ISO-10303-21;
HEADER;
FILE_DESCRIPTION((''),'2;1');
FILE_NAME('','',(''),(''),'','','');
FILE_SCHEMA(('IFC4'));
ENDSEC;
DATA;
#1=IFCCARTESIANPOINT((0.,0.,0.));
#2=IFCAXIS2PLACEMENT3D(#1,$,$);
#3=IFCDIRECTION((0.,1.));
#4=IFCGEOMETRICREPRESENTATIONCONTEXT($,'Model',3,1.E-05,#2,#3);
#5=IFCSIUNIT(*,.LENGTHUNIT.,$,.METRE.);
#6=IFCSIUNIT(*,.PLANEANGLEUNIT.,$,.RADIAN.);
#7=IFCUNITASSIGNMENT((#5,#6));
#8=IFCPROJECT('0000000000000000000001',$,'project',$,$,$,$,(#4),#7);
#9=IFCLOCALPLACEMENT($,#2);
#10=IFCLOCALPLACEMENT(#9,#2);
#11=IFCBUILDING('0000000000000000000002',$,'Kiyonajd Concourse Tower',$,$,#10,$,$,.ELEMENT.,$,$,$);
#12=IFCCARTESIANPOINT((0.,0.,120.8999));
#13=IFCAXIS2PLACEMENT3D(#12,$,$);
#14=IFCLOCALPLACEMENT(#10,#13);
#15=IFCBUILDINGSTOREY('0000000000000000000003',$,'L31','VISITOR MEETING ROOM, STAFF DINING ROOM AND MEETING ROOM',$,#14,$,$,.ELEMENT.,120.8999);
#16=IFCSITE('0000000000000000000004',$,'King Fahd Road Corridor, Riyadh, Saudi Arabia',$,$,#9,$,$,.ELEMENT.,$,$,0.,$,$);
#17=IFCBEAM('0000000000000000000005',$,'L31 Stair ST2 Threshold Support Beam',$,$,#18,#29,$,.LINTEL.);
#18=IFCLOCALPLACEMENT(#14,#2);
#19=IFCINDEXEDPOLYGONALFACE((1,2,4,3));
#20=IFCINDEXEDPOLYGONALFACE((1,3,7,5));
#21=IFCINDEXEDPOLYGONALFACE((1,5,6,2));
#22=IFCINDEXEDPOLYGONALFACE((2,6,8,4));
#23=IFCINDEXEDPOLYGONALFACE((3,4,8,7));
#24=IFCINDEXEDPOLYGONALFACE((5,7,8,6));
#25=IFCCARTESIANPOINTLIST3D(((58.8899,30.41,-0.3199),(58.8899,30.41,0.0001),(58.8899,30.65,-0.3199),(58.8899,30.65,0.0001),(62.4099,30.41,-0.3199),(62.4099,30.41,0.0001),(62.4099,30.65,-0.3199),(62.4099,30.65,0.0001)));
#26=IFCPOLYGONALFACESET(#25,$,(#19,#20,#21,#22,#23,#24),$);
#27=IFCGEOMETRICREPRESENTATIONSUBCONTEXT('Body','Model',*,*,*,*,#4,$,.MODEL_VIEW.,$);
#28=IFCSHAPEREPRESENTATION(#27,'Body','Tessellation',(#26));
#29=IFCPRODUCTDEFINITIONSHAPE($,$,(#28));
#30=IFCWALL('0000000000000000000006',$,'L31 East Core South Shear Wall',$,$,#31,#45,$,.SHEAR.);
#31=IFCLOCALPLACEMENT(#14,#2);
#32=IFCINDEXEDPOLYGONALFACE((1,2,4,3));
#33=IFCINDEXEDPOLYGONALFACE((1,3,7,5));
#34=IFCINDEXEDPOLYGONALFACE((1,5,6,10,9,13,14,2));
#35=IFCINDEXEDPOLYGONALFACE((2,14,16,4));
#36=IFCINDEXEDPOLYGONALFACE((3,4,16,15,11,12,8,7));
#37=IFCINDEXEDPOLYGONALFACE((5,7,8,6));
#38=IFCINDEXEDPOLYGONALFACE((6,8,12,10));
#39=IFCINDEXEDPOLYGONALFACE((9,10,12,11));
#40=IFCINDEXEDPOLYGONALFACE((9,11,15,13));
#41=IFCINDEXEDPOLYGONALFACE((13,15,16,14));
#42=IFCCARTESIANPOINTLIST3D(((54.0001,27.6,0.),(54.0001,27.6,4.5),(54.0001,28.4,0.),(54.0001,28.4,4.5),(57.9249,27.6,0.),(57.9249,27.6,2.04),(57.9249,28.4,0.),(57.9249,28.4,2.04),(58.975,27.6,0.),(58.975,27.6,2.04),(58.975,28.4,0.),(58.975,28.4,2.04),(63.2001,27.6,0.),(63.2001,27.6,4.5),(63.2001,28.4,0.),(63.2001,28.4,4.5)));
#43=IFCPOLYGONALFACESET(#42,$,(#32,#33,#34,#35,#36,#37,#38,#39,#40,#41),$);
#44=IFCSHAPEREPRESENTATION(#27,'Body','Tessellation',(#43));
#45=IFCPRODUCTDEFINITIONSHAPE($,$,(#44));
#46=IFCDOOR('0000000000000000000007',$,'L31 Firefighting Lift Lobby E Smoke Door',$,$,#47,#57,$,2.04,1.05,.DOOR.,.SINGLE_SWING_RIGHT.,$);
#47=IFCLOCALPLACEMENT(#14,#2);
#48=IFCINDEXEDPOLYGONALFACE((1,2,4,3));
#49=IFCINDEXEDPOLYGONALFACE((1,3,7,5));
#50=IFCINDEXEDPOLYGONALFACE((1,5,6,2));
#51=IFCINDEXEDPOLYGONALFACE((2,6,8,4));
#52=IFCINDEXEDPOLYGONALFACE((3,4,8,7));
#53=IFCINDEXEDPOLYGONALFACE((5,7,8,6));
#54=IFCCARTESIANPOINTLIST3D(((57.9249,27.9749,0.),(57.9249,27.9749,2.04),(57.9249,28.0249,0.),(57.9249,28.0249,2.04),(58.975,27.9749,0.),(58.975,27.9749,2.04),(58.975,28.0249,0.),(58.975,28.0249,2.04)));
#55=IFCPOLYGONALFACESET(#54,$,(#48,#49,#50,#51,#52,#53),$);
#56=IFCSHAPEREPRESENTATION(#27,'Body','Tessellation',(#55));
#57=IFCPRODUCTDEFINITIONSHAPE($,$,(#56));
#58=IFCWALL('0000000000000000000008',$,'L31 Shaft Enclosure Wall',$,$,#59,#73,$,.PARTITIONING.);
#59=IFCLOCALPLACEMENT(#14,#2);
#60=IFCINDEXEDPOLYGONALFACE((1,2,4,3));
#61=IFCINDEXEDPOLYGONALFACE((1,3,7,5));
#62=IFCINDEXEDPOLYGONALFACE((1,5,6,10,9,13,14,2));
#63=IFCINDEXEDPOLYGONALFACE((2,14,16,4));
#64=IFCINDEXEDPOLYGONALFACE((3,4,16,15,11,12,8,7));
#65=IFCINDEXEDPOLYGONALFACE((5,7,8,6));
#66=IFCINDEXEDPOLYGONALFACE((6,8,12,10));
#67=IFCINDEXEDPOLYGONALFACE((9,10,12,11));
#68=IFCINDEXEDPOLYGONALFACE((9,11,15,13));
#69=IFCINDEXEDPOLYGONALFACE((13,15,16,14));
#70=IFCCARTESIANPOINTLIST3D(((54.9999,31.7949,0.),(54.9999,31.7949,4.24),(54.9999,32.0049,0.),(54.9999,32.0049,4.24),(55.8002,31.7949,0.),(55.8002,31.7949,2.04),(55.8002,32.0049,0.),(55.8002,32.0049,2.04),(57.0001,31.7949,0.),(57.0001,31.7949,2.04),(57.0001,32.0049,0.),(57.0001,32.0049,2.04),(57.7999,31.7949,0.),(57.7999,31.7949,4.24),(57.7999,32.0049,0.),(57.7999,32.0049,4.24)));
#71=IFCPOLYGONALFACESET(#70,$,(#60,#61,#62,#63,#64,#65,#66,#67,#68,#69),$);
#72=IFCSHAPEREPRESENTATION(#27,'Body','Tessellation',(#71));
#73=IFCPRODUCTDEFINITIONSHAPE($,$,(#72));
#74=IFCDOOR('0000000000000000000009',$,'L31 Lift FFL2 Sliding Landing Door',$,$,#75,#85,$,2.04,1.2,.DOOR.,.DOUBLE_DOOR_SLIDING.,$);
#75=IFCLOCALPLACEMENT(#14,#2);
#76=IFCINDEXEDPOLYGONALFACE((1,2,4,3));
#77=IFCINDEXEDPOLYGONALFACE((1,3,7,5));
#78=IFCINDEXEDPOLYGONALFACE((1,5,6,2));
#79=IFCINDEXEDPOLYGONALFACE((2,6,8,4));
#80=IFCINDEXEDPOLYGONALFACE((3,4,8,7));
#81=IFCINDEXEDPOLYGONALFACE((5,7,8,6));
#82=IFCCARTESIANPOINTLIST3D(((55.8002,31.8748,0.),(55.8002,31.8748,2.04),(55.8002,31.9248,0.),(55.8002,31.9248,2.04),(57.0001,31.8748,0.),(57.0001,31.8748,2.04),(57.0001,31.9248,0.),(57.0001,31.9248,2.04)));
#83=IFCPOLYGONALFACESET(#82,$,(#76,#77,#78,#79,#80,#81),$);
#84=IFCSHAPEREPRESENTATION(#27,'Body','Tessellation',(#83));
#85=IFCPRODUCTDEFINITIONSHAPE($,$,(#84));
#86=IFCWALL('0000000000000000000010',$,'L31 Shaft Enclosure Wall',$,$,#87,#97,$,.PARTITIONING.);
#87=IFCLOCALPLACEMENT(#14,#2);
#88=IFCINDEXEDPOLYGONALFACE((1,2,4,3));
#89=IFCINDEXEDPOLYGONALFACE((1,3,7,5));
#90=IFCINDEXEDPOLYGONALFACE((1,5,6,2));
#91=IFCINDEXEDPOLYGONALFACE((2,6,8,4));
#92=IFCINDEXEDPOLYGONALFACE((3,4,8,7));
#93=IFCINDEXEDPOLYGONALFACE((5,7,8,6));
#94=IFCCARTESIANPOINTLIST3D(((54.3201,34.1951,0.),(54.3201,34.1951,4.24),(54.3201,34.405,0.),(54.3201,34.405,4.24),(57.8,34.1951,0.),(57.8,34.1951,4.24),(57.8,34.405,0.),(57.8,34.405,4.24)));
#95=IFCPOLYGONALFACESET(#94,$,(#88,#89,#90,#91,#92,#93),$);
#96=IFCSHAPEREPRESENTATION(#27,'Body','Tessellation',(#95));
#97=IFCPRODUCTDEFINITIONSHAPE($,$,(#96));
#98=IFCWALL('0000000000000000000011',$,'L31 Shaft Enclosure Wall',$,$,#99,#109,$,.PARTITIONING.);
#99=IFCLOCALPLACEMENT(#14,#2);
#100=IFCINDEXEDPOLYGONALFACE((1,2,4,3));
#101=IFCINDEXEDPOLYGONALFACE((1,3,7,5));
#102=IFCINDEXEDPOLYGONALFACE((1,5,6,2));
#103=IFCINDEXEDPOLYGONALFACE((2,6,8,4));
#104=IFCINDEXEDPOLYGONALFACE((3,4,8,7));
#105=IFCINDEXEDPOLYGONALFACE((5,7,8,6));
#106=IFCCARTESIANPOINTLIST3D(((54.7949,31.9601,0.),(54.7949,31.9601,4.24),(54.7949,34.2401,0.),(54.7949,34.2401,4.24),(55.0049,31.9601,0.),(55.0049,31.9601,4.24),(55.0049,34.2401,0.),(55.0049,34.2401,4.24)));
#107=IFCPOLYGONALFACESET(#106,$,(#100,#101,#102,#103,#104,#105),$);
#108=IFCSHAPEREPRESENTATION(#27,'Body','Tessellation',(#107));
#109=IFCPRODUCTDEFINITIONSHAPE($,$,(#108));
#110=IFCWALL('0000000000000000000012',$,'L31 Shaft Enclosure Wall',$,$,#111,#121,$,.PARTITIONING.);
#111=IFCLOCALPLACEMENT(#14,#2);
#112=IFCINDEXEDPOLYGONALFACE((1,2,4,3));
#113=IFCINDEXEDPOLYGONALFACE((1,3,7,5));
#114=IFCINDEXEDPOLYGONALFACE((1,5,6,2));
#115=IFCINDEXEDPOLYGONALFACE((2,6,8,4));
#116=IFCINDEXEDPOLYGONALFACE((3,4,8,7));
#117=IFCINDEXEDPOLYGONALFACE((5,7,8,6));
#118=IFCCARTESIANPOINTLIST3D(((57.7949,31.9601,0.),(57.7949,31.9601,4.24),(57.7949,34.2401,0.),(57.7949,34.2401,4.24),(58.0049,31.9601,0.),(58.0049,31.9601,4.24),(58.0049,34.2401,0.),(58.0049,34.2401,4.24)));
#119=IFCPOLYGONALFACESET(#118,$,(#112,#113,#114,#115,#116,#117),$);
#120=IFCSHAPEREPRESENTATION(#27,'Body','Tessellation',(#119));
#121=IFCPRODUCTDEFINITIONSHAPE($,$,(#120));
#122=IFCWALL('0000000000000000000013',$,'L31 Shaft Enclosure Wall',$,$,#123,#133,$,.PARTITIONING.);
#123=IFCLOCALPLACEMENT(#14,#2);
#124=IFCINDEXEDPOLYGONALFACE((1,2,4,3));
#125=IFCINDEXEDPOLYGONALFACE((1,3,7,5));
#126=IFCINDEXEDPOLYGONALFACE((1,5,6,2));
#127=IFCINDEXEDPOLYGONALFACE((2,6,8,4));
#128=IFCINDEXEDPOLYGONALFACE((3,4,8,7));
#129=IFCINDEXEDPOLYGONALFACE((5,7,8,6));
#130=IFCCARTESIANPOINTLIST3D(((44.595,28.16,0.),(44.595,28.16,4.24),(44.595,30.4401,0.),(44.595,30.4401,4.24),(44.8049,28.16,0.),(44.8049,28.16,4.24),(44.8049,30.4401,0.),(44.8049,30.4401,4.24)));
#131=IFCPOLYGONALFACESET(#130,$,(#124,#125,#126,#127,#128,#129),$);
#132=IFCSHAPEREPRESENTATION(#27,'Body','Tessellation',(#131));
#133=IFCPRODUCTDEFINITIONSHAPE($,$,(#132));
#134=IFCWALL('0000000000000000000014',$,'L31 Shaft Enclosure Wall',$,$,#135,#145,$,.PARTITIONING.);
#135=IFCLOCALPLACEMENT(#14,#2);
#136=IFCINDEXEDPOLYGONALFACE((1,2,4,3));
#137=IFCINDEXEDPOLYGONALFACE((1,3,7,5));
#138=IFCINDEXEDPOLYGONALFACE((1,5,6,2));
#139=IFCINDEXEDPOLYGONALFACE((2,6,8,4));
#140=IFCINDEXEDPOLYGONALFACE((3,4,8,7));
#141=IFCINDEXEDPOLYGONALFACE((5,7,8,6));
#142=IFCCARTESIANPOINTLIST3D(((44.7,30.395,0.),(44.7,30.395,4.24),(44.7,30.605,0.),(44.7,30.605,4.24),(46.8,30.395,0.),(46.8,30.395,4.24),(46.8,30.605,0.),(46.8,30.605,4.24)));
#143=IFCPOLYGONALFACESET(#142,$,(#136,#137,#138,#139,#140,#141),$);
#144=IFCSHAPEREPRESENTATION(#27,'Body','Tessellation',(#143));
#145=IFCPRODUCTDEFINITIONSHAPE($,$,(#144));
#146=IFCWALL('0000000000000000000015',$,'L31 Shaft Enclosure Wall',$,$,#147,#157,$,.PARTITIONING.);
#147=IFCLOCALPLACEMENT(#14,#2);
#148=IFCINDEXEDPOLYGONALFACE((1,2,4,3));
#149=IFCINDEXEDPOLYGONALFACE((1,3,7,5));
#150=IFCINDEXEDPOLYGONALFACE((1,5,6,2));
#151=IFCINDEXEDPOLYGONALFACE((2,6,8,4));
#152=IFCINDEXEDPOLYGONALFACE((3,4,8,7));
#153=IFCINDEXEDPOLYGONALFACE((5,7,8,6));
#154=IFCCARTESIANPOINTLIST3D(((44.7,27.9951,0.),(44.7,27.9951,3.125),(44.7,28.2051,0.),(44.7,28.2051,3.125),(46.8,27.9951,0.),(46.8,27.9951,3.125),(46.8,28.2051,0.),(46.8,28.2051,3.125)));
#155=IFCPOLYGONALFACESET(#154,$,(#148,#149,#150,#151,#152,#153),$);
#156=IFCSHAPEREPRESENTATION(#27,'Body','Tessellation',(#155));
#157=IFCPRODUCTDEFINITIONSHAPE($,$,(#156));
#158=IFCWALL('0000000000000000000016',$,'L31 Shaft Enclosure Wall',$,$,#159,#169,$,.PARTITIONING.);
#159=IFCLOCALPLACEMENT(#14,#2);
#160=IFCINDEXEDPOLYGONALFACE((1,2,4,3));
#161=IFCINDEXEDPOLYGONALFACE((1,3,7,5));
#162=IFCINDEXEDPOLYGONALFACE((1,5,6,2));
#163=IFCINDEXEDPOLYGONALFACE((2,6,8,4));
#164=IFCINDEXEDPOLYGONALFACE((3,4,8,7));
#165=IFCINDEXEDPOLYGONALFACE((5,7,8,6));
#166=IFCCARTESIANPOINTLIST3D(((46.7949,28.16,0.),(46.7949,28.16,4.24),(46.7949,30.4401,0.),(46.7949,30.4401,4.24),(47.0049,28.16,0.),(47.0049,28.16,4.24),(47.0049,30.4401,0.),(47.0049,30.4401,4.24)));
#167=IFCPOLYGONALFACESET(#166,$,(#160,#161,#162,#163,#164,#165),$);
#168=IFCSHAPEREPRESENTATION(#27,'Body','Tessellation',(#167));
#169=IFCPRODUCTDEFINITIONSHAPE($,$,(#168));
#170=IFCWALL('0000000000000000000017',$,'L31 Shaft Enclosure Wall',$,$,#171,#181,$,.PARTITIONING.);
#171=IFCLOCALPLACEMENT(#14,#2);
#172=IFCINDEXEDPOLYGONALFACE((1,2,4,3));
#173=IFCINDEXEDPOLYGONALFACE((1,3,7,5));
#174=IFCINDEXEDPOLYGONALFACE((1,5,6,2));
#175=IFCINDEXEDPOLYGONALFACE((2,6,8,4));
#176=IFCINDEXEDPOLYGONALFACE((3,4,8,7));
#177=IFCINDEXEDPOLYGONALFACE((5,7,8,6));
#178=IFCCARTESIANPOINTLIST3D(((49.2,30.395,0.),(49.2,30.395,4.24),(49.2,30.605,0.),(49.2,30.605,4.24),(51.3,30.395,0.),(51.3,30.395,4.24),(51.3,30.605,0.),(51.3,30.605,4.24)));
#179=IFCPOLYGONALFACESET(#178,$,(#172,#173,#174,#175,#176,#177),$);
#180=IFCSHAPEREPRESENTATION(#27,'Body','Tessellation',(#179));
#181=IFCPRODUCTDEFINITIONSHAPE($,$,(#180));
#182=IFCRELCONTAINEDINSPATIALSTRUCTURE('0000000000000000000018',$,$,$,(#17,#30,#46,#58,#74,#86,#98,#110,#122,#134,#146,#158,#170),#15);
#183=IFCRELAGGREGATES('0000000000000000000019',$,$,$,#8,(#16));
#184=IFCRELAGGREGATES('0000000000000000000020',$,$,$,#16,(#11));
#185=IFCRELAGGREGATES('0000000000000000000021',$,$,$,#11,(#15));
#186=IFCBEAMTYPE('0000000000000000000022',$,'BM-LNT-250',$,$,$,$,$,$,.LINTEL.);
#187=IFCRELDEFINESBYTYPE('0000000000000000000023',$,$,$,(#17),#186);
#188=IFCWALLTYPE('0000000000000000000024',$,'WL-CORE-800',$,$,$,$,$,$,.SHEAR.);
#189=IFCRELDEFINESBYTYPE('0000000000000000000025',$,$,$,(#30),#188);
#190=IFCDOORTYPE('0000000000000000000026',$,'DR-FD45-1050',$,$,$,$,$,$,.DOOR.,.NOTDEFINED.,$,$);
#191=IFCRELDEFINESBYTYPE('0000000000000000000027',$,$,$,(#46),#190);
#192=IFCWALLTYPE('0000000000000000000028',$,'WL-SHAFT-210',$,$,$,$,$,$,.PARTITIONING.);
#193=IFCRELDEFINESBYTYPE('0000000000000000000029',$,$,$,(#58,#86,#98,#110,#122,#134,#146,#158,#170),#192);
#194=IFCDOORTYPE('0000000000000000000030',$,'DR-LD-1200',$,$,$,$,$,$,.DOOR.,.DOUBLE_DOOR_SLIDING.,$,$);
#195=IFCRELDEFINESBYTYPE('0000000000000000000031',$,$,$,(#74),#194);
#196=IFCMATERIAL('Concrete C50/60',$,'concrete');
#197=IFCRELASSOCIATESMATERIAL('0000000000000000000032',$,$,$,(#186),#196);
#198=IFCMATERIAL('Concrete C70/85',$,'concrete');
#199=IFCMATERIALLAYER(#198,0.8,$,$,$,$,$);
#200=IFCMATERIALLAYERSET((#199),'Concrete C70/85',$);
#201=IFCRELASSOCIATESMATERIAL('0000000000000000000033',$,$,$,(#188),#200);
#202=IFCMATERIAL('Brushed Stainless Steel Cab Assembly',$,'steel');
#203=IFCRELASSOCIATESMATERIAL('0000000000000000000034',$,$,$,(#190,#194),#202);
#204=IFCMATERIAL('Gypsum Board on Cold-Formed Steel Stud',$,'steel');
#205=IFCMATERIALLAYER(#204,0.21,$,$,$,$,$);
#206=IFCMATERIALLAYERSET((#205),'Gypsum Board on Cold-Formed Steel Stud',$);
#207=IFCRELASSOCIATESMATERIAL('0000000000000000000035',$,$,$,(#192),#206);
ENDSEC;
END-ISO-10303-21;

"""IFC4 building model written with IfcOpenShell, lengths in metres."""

from ifc_helpers import new_model, si_unit, direction, frame, frame_2d, origin, origin_2d, place, context, subcontext, project, spatial, rectangle, extrude, material, layer, layer_set, material_profile, profile_set, type_object, element, fill, save


model = new_model("IFC4")

# Units and contexts
model_context = context("Model", 3, precision=1e-05, world=origin(), true_north=direction((0.0, 1.0)))
body_context = subcontext(model_context, "Body", "Model", "MODEL_VIEW")
ifc_project = project(units=[si_unit("LENGTHUNIT", "METRE"), si_unit("PLANEANGLEUNIT", "RADIAN")], contexts=[model_context])

# Site, building, storey
site_placement = place(None, origin())
site = spatial("IfcSite", under=ifc_project, at=site_placement, Name="King Fahd Road Corridor, Riyadh, Saudi Arabia", CompositionType="ELEMENT", RefElevation=0.0)
building_placement = place(site_placement, origin())
building = spatial("IfcBuilding", under=site, at=building_placement, Name="Kiyonajd Concourse Tower", CompositionType="ELEMENT")
storey_placement = place(building_placement, frame((0.0, 0.0, 120.8999)))
storey = spatial("IfcBuildingStorey", under=building, at=storey_placement, Name="L31", Description="VISITOR MEETING ROOM, STAFF DINING ROOM AND MEETING ROOM", CompositionType="ELEMENT", Elevation=120.8999)

# Beam
ifc_material_1 = material(Name="Concrete C50/60", Category="concrete")
ifc_material_profile = material_profile(ifc_material_1, rectangle(XDim=0.24, YDim=0.3201, at=origin_2d()), Name="RCBM-240x320")
ifc_profile_set = profile_set([ifc_material_profile], Name="Concrete C50/60")
beam_type = type_object("IfcBeamType", Name="BM-LNT-250", PredefinedType="LINTEL", material=ifc_profile_set)
beam_placement = place(storey_placement, frame((58.8899, 30.53, -0.1599), z_axis=(1.0, 0.0, 0.0), x_axis=(0.0, 1.0, 0.0)))
element("IfcBeam", 1, at=beam_placement, inside=storey, type_object=beam_type, Name="L31 Stair ST2 Threshold Support Beam", PredefinedType="LINTEL", context=body_context, shape_type="SweptSolid", body=[
    extrude(rectangle(XDim=0.24, YDim=0.3201, at=origin_2d()), origin(), (0.0, 0.0, 1.0), 3.52),
])

# Walls, openings, doors
ifc_material_2 = material(Name="Concrete C70/85", Category="concrete")
ifc_layer_1 = layer(ifc_material_2, 0.8)
ifc_layer_set_1 = layer_set([ifc_layer_1], Name="Concrete C70/85")
wall_type_1 = type_object("IfcWallType", Name="WL-CORE-800", PredefinedType="SHEAR", material=ifc_layer_set_1)
wall_1_placement = place(storey_placement, frame((54.0, 28.0, 0.0), z_axis=(0.0, 0.0, 1.0), x_axis=(1.0, 0.0, 0.0)))
wall_1 = element("IfcWall", 2, at=wall_1_placement, inside=storey, type_object=wall_type_1, Name="L31 East Core South Shear Wall", PredefinedType="SHEAR", context=body_context, shape_type="SweptSolid", body=[
    extrude(rectangle(XDim=9.2, YDim=0.8, at=frame_2d((4.6001, 0.0))), origin(), (0.0, 0.0, 1.0), 4.5),
])
opening_1_placement = place(wall_1_placement, frame((3.925, 0.0, 0.0)))
opening_1 = element("IfcOpeningElement", 3, at=opening_1_placement, cuts=wall_1, PredefinedType="OPENING", context=body_context, shape_type="SweptSolid", body=[
    extrude(rectangle(XDim=1.05, YDim=2.04, at=frame_2d((0.5249, 1.02))), frame((0.0, 0.4099, 0.0), z_axis=(0.0, -1.0, 0.0), x_axis=(1.0, 0.0, 0.0)), (0.0, 0.0, 1.0), 0.8201),
])
ifc_material_3 = material(Name="Brushed Stainless Steel Cab Assembly", Category="steel")
door_type_1 = type_object("IfcDoorType", Name="DR-FD45-1050", OperationType="NOTDEFINED", PredefinedType="DOOR", material=ifc_material_3)
door_1_placement = place(opening_1_placement, origin())
door_1 = element("IfcDoor", 4, at=door_1_placement, inside=storey, type_object=door_type_1, Name="L31 Firefighting Lift Lobby E Smoke Door", OperationType="SINGLE_SWING_RIGHT", OverallHeight=2.04, OverallWidth=1.05, PredefinedType="DOOR", context=body_context, shape_type="SweptSolid", body=[
    extrude(rectangle(XDim=1.05, YDim=2.04, at=frame_2d((0.5249, 1.02))), frame((0.0, 0.0249, 0.0), z_axis=(0.0, -1.0, 0.0), x_axis=(1.0, 0.0, 0.0)), (0.0, 0.0, 1.0), 0.05),
])
fill(opening_1, door_1)
ifc_material_4 = material(Name="Gypsum Board on Cold-Formed Steel Stud", Category="steel")
ifc_layer_2 = layer(ifc_material_4, 0.21)
ifc_layer_set_2 = layer_set([ifc_layer_2], Name="Gypsum Board on Cold-Formed Steel Stud")
wall_type_2 = type_object("IfcWallType", Name="WL-SHAFT-210", PredefinedType="PARTITIONING", material=ifc_layer_set_2)
wall_2_placement = place(storey_placement, frame((55.0, 31.8999, 0.0), z_axis=(0.0, 0.0, 1.0), x_axis=(1.0, 0.0, 0.0)))
wall_2 = element("IfcWall", 5, at=wall_2_placement, inside=storey, type_object=wall_type_2, Name="L31 Shaft Enclosure Wall", PredefinedType="PARTITIONING", context=body_context, shape_type="SweptSolid", body=[
    extrude(rectangle(XDim=2.8, YDim=0.21, at=frame_2d((1.3999, 0.0))), origin(), (0.0, 0.0, 1.0), 4.24),
])
opening_2_placement = place(wall_2_placement, frame((0.8, 0.0, 0.0)))
opening_2 = element("IfcOpeningElement", 6, at=opening_2_placement, cuts=wall_2, PredefinedType="OPENING", context=body_context, shape_type="SweptSolid", body=[
    extrude(rectangle(XDim=1.2, YDim=2.04, at=frame_2d((0.6001, 1.02))), frame((0.0, 0.115, 0.0), z_axis=(0.0, -1.0, 0.0), x_axis=(1.0, 0.0, 0.0)), (0.0, 0.0, 1.0), 0.23),
])
door_type_2 = type_object("IfcDoorType", Name="DR-LD-1200", OperationType="DOUBLE_DOOR_SLIDING", PredefinedType="DOOR", material=ifc_material_3)
door_2_placement = place(opening_2_placement, origin())
door_2 = element("IfcDoor", 7, at=door_2_placement, inside=storey, type_object=door_type_2, Name="L31 Lift FFL2 Sliding Landing Door", OperationType="DOUBLE_DOOR_SLIDING", OverallHeight=2.04, OverallWidth=1.2, PredefinedType="DOOR", context=body_context, shape_type="SweptSolid", body=[
    extrude(rectangle(XDim=1.2, YDim=2.04, at=frame_2d((0.6001, 1.02))), frame((0.0, 0.0249, 0.0), z_axis=(0.0, -1.0, 0.0), x_axis=(1.0, 0.0, 0.0)), (0.0, 0.0, 1.0), 0.05),
])
fill(opening_2, door_2)

# Walls
wall_3_placement = place(storey_placement, frame((54.3201, 34.3, 0.0), z_axis=(0.0, 0.0, 1.0), x_axis=(1.0, 0.0, 0.0)))
element("IfcWall", 8, at=wall_3_placement, inside=storey, type_object=wall_type_2, Name="L31 Shaft Enclosure Wall", PredefinedType="PARTITIONING", context=body_context, shape_type="SweptSolid", body=[
    extrude(rectangle(XDim=3.48, YDim=0.21, at=frame_2d((1.74, 0.0))), origin(), (0.0, 0.0, 1.0), 4.24),
])
for number, where, z_axis, x_axis, name in (
    (9, (54.8999, 31.96, 0.0), (0.0, 0.0, 1.0), (0.0, 1.0, 0.0), "L31 Shaft Enclosure Wall"),
    (10, (57.8999, 31.96, 0.0), (0.0, 0.0, 1.0), (0.0, 1.0, 0.0), "L31 Shaft Enclosure Wall"),
    (11, (44.7, 28.1599, 0.0), (0.0, 0.0, 1.0), (0.0, 1.0, 0.0), "L31 Shaft Enclosure Wall"),
):
    element("IfcWall", number, at=place(storey_placement, frame(where, z_axis=z_axis, x_axis=x_axis)), inside=storey, type_object=wall_type_2, Name=name, PredefinedType="PARTITIONING", context=body_context, shape_type="SweptSolid", body=[
        extrude(rectangle(XDim=2.28, YDim=0.21, at=frame_2d((1.1401, 0.0))), origin(), (0.0, 0.0, 1.0), 4.24),
    ])
wall_4_placement = place(storey_placement, frame((44.7, 30.5, 0.0), z_axis=(0.0, 0.0, 1.0), x_axis=(1.0, 0.0, 0.0)))
element("IfcWall", 12, at=wall_4_placement, inside=storey, type_object=wall_type_2, Name="L31 Shaft Enclosure Wall", PredefinedType="PARTITIONING", context=body_context, shape_type="SweptSolid", body=[
    extrude(rectangle(XDim=2.1001, YDim=0.21, at=frame_2d((1.05, 0.0))), origin(), (0.0, 0.0, 1.0), 4.24),
])
wall_5_placement = place(storey_placement, frame((44.7, 28.1001, 0.0), z_axis=(0.0, 0.0, 1.0), x_axis=(1.0, 0.0, 0.0)))
element("IfcWall", 13, at=wall_5_placement, inside=storey, type_object=wall_type_2, Name="L31 Shaft Enclosure Wall", PredefinedType="PARTITIONING", context=body_context, shape_type="SweptSolid", body=[
    extrude(rectangle(XDim=2.1001, YDim=0.21, at=frame_2d((1.05, 0.0))), origin(), (0.0, 0.0, 1.0), 3.125),
])
wall_6_placement = place(storey_placement, frame((46.8999, 28.1599, 0.0), z_axis=(0.0, 0.0, 1.0), x_axis=(0.0, 1.0, 0.0)))
element("IfcWall", 14, at=wall_6_placement, inside=storey, type_object=wall_type_2, Name="L31 Shaft Enclosure Wall", PredefinedType="PARTITIONING", context=body_context, shape_type="SweptSolid", body=[
    extrude(rectangle(XDim=2.28, YDim=0.21, at=frame_2d((1.1401, 0.0))), origin(), (0.0, 0.0, 1.0), 4.24),
])
wall_7_placement = place(storey_placement, frame((49.2, 30.5, 0.0), z_axis=(0.0, 0.0, 1.0), x_axis=(1.0, 0.0, 0.0)))
element("IfcWall", 15, at=wall_7_placement, inside=storey, type_object=wall_type_2, Name="L31 Shaft Enclosure Wall", PredefinedType="PARTITIONING", context=body_context, shape_type="SweptSolid", body=[
    extrude(rectangle(XDim=2.1001, YDim=0.21, at=frame_2d((1.05, 0.0))), origin(), (0.0, 0.0, 1.0), 4.24),
])

save(model, "model.ifc")
